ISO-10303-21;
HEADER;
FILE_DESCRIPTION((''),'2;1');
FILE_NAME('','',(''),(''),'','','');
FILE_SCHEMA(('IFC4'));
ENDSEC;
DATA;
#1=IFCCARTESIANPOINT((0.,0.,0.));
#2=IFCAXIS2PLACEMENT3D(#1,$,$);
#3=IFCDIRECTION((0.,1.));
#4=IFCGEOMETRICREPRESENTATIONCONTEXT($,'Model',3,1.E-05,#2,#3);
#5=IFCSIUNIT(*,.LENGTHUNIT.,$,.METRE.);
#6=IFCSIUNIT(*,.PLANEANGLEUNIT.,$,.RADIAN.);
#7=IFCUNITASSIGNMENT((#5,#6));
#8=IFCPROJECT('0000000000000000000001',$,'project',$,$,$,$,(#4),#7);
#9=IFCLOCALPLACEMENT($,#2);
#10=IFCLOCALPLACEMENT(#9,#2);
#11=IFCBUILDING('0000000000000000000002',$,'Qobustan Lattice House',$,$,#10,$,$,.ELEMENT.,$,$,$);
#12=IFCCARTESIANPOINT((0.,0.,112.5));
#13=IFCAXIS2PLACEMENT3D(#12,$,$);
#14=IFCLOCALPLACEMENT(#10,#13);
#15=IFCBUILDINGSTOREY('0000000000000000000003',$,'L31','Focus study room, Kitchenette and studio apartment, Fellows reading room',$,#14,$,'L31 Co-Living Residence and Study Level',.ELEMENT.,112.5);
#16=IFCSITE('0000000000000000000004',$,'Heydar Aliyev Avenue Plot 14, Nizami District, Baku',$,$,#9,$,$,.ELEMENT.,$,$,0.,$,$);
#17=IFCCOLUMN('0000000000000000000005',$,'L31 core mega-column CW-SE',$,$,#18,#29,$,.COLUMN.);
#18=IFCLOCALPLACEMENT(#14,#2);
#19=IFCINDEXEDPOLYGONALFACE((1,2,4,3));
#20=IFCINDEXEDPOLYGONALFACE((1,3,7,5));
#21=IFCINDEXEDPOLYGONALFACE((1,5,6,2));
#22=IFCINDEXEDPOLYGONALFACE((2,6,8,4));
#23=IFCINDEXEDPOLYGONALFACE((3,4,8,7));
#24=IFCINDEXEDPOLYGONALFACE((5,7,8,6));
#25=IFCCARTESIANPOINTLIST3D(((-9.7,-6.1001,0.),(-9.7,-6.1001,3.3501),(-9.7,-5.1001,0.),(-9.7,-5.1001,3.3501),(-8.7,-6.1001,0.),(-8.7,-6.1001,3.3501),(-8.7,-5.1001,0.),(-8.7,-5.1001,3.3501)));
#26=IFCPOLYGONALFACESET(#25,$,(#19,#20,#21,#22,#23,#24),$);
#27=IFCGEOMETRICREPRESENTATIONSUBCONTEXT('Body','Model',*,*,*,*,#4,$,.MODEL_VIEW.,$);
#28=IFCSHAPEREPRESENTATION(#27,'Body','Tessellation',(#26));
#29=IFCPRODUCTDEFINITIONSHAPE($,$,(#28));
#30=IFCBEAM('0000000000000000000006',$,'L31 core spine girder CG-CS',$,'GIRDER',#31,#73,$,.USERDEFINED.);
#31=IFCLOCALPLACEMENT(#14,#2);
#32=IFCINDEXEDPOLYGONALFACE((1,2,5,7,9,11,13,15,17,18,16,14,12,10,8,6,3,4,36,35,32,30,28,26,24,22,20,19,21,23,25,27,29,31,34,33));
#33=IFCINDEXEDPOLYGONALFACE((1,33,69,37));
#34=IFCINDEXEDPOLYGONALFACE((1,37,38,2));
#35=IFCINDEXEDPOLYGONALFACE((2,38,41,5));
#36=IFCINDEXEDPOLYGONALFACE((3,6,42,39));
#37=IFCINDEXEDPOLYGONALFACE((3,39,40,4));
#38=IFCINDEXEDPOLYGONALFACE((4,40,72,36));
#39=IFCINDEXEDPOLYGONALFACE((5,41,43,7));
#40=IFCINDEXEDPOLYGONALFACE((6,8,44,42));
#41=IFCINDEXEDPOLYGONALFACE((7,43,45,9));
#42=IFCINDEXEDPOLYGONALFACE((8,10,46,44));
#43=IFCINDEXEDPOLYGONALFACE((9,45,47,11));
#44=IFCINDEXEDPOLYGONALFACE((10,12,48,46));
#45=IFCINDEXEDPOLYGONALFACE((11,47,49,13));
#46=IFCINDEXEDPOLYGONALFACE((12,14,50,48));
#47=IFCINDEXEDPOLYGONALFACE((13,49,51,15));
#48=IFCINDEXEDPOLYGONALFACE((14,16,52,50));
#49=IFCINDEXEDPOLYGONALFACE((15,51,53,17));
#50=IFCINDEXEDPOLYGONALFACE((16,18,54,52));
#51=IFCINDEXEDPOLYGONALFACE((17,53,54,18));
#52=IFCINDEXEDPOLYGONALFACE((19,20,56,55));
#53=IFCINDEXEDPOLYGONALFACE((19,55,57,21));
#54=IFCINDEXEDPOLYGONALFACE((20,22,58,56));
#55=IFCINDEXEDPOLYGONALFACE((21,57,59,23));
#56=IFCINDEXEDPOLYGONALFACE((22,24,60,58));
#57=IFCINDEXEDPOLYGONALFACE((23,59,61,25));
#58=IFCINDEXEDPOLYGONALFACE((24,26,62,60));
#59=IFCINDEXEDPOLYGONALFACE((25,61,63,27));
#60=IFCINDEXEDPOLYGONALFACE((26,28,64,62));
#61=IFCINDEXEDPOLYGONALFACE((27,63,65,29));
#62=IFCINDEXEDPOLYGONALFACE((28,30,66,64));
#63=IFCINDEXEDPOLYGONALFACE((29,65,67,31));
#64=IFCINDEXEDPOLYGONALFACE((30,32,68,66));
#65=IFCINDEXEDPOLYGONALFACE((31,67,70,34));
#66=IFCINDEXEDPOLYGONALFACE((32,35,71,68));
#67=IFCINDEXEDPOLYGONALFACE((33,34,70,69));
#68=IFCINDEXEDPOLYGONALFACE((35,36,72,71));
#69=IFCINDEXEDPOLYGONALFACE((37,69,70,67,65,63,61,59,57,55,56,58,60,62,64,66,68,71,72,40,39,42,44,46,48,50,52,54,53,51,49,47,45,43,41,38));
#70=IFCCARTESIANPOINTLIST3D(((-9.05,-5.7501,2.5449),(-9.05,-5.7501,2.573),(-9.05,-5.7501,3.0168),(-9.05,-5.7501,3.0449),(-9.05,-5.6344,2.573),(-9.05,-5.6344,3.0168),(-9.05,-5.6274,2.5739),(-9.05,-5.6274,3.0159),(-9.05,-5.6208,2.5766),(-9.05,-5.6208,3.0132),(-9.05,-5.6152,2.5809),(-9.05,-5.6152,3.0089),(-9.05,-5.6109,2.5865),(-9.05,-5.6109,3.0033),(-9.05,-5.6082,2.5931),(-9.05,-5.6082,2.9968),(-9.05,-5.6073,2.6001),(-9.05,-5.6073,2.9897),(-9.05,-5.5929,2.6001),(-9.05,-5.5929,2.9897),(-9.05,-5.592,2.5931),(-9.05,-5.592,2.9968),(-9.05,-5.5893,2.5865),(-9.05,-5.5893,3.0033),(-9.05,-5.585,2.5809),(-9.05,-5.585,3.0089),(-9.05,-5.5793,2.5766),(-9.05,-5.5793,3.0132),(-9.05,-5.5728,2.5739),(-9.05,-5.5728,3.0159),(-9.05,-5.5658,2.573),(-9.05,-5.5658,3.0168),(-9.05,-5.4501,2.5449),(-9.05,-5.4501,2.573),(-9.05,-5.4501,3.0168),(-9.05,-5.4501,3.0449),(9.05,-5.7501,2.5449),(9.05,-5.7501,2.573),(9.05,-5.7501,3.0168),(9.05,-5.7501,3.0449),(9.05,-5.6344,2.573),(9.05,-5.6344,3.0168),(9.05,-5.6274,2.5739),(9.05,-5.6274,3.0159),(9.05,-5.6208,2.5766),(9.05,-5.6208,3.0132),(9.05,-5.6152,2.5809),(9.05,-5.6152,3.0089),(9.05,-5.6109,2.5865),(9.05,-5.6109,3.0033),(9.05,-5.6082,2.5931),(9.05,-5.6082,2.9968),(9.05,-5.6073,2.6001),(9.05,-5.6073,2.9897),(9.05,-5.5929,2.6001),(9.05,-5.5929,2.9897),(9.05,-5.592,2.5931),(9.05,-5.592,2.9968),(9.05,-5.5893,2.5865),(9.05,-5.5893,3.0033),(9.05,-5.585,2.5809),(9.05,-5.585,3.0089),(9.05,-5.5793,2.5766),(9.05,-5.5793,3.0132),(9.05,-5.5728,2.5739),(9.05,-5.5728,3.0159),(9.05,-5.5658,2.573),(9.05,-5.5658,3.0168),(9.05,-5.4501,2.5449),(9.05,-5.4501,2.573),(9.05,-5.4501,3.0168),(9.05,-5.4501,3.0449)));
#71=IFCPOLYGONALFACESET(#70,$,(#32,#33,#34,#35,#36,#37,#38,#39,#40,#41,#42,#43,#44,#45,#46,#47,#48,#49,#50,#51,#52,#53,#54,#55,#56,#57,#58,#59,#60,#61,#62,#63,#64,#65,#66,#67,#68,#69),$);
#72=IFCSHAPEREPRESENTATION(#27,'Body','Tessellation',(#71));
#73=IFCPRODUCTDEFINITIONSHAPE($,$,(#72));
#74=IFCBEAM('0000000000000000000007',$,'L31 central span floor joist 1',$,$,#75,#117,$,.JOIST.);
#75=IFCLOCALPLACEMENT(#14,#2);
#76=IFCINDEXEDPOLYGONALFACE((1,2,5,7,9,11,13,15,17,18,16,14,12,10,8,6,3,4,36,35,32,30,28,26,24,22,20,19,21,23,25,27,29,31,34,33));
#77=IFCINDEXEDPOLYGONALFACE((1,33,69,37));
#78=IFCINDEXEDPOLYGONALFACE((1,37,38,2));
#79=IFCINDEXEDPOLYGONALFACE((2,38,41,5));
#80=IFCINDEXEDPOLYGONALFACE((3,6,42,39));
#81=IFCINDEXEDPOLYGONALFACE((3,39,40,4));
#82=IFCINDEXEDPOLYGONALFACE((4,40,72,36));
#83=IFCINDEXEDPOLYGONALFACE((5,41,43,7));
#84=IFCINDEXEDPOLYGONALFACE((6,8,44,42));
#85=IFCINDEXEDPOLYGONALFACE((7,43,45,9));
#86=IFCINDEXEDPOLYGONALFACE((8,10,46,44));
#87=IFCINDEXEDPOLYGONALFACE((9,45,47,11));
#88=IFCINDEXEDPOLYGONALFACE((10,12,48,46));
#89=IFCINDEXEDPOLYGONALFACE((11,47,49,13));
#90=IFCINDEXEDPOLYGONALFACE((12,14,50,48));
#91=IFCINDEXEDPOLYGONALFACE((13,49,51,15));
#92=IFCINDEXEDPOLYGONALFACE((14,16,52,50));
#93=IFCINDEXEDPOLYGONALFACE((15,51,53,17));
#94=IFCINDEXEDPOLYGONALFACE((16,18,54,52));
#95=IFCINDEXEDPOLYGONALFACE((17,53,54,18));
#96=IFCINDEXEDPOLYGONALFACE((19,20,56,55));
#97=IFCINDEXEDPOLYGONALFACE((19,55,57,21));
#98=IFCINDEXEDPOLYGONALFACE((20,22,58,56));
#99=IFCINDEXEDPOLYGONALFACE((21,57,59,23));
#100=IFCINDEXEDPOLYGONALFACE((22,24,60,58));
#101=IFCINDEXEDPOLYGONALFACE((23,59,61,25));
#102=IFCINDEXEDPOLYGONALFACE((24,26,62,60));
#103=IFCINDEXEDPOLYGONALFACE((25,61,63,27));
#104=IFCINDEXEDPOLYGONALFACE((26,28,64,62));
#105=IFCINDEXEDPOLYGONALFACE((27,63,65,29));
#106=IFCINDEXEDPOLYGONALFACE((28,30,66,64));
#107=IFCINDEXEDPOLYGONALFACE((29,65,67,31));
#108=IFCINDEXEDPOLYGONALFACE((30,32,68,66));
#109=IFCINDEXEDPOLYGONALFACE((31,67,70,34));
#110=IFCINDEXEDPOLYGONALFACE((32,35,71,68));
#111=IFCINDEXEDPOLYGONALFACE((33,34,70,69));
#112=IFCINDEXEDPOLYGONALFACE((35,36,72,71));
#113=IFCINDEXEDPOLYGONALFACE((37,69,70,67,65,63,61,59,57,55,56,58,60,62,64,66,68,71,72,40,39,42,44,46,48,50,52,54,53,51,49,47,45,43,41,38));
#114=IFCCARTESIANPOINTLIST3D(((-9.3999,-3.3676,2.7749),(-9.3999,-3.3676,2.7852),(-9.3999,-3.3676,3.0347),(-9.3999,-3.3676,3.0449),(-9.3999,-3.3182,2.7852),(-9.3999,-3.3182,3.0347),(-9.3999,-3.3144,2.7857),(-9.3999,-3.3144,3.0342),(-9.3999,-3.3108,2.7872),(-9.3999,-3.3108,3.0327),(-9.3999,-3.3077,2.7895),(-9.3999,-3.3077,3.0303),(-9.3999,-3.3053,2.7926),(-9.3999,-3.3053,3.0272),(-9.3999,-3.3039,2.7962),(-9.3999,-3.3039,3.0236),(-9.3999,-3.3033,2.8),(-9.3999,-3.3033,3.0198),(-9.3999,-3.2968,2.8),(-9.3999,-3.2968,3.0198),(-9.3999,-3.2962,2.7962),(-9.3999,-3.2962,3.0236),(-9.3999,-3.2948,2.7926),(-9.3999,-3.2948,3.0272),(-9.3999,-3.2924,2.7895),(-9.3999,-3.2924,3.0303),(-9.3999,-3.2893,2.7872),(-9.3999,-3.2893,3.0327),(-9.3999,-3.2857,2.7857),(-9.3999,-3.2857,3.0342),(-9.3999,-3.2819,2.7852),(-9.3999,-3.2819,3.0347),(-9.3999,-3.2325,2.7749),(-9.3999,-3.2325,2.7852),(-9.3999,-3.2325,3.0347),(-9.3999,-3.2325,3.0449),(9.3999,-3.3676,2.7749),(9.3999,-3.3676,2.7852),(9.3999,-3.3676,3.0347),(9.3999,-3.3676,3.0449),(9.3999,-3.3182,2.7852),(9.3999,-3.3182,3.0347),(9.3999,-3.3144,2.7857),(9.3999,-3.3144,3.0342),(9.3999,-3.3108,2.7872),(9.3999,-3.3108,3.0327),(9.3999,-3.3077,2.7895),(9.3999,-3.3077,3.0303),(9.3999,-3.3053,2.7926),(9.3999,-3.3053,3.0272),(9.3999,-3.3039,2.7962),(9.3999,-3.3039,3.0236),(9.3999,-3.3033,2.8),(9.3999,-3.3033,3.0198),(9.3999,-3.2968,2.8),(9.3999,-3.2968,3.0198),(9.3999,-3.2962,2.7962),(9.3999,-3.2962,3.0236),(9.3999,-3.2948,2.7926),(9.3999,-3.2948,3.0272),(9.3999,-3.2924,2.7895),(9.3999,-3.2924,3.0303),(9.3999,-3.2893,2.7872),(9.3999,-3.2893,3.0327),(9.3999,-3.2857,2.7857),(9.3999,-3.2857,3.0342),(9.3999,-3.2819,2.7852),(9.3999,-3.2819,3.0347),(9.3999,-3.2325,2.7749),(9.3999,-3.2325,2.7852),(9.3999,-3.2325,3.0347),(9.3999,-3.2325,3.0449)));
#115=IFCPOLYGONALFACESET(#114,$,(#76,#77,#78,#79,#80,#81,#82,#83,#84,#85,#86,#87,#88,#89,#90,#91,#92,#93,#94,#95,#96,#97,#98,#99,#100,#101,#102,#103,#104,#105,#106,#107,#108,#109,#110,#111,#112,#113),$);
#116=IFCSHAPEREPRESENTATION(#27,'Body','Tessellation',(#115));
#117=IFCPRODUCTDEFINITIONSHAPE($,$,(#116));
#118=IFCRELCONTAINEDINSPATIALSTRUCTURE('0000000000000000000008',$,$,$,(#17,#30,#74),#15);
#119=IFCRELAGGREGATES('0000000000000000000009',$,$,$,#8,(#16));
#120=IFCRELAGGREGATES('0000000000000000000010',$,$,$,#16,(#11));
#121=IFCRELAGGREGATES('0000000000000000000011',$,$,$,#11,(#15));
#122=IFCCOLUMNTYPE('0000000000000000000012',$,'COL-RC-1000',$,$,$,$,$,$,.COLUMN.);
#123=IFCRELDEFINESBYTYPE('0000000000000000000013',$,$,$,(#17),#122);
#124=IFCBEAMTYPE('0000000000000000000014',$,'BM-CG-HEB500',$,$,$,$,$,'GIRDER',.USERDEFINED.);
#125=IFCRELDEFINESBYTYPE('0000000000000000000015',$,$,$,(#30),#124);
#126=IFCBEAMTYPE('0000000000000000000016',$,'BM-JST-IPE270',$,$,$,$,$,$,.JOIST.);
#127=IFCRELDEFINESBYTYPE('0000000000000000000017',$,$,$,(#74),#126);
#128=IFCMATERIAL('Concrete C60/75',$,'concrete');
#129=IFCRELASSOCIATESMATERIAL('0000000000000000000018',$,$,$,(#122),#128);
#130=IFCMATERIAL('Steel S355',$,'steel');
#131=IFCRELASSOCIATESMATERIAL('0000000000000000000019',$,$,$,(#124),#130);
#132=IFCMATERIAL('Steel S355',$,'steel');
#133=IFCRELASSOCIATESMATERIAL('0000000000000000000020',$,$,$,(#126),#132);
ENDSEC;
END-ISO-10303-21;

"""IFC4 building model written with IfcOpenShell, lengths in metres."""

from ifc_helpers import new_model, si_unit, direction, frame, origin, origin_2d, place, context, subcontext, project, spatial, rectangle, i_section, extrude, material, material_profile, profile_set, type_object, element, save


model = new_model("IFC4")

# Units and contexts
model_context = context("Model", 3, precision=1e-05, world=origin(), true_north=direction((0.0, 1.0)))
body_context = subcontext(model_context, "Body", "Model", "MODEL_VIEW")
ifc_project = project(units=[si_unit("LENGTHUNIT", "METRE"), si_unit("PLANEANGLEUNIT", "RADIAN")], contexts=[model_context])

# Site, building, storey
site_placement = place(None, origin())
site = spatial("IfcSite", under=ifc_project, at=site_placement, Name="Heydar Aliyev Avenue Plot 14, Nizami District, Baku", CompositionType="ELEMENT", RefElevation=0.0)
building_placement = place(site_placement, origin())
building = spatial("IfcBuilding", under=site, at=building_placement, Name="Qobustan Lattice House", CompositionType="ELEMENT")
storey_placement = place(building_placement, frame((0.0, 0.0, 112.5)))
storey = spatial("IfcBuildingStorey", under=building, at=storey_placement, Name="L31", Description="Focus study room, Kitchenette and studio apartment, Fellows reading room", LongName="L31 Co-Living Residence and Study Level", CompositionType="ELEMENT", Elevation=112.5)

# Column
ifc_material_1 = material(Name="Concrete C60/75", Category="concrete")
ifc_material_profile_1 = material_profile(ifc_material_1, rectangle(XDim=1.0, YDim=1.0, at=origin_2d()), Name="RC1000x1000")
ifc_profile_set_1 = profile_set([ifc_material_profile_1], Name="Concrete C60/75")
column_type = type_object("IfcColumnType", Name="COL-RC-1000", PredefinedType="COLUMN", material=ifc_profile_set_1)
column_placement = place(storey_placement, frame((-9.2, -5.6001, 0.0), z_axis=(0.0, 0.0, 1.0), x_axis=(1.0, 0.0, 0.0)))
element("IfcColumn", 1, at=column_placement, inside=storey, type_object=column_type, Name="L31 core mega-column CW-SE", PredefinedType="COLUMN", context=body_context, shape_type="SweptSolid", body=[
    extrude(rectangle(XDim=1.0, YDim=1.0, at=origin_2d()), origin(), (0.0, 0.0, 1.0), 3.3501),
])

# Beams
ifc_material_2 = material(Name="Steel S355", Category="steel")
ifc_material_profile_2 = material_profile(ifc_material_2, i_section(OverallWidth=0.3, OverallDepth=0.5, WebThickness=0.0144, FlangeThickness=0.0281, FilletRadius=0.0271, at=origin_2d()), Name="HEB500")
ifc_profile_set_2 = profile_set([ifc_material_profile_2], Name="Steel S355")
beam_type_1 = type_object("IfcBeamType", Name="BM-CG-HEB500", ElementType="GIRDER", PredefinedType="USERDEFINED", material=ifc_profile_set_2)
beam_1_placement = place(storey_placement, frame((-9.05, -5.6001, 2.7949), z_axis=(1.0, 0.0, 0.0), x_axis=(0.0, 1.0, 0.0)))
element("IfcBeam", 2, at=beam_1_placement, inside=storey, type_object=beam_type_1, Name="L31 core spine girder CG-CS", ObjectType="GIRDER", PredefinedType="USERDEFINED", context=body_context, shape_type="SweptSolid", body=[
    extrude(i_section(OverallWidth=0.3, OverallDepth=0.5, WebThickness=0.0144, FlangeThickness=0.0281, FilletRadius=0.0271, at=origin_2d()), origin(), (0.0, 0.0, 1.0), 18.1001),
])
ifc_material_3 = material(Name="Steel S355", Category="steel")
ifc_material_profile_3 = material_profile(ifc_material_3, i_section(OverallWidth=0.135, OverallDepth=0.27, WebThickness=0.0066, FlangeThickness=0.0103, FilletRadius=0.0149, at=origin_2d()), Name="IPE270")
ifc_profile_set_3 = profile_set([ifc_material_profile_3], Name="Steel S355")
beam_type_2 = type_object("IfcBeamType", Name="BM-JST-IPE270", PredefinedType="JOIST", material=ifc_profile_set_3)
beam_2_placement = place(storey_placement, frame((-9.3999, -3.3, 2.9099), z_axis=(1.0, 0.0, 0.0), x_axis=(0.0, 1.0, 0.0)))
element("IfcBeam", 3, at=beam_2_placement, inside=storey, type_object=beam_type_2, Name="L31 central span floor joist 1", PredefinedType="JOIST", context=body_context, shape_type="SweptSolid", body=[
    extrude(i_section(OverallWidth=0.135, OverallDepth=0.27, WebThickness=0.0066, FlangeThickness=0.0103, FilletRadius=0.0149, at=origin_2d()), origin(), (0.0, 0.0, 1.0), 18.7998),
])

save(model, "model.ifc")
